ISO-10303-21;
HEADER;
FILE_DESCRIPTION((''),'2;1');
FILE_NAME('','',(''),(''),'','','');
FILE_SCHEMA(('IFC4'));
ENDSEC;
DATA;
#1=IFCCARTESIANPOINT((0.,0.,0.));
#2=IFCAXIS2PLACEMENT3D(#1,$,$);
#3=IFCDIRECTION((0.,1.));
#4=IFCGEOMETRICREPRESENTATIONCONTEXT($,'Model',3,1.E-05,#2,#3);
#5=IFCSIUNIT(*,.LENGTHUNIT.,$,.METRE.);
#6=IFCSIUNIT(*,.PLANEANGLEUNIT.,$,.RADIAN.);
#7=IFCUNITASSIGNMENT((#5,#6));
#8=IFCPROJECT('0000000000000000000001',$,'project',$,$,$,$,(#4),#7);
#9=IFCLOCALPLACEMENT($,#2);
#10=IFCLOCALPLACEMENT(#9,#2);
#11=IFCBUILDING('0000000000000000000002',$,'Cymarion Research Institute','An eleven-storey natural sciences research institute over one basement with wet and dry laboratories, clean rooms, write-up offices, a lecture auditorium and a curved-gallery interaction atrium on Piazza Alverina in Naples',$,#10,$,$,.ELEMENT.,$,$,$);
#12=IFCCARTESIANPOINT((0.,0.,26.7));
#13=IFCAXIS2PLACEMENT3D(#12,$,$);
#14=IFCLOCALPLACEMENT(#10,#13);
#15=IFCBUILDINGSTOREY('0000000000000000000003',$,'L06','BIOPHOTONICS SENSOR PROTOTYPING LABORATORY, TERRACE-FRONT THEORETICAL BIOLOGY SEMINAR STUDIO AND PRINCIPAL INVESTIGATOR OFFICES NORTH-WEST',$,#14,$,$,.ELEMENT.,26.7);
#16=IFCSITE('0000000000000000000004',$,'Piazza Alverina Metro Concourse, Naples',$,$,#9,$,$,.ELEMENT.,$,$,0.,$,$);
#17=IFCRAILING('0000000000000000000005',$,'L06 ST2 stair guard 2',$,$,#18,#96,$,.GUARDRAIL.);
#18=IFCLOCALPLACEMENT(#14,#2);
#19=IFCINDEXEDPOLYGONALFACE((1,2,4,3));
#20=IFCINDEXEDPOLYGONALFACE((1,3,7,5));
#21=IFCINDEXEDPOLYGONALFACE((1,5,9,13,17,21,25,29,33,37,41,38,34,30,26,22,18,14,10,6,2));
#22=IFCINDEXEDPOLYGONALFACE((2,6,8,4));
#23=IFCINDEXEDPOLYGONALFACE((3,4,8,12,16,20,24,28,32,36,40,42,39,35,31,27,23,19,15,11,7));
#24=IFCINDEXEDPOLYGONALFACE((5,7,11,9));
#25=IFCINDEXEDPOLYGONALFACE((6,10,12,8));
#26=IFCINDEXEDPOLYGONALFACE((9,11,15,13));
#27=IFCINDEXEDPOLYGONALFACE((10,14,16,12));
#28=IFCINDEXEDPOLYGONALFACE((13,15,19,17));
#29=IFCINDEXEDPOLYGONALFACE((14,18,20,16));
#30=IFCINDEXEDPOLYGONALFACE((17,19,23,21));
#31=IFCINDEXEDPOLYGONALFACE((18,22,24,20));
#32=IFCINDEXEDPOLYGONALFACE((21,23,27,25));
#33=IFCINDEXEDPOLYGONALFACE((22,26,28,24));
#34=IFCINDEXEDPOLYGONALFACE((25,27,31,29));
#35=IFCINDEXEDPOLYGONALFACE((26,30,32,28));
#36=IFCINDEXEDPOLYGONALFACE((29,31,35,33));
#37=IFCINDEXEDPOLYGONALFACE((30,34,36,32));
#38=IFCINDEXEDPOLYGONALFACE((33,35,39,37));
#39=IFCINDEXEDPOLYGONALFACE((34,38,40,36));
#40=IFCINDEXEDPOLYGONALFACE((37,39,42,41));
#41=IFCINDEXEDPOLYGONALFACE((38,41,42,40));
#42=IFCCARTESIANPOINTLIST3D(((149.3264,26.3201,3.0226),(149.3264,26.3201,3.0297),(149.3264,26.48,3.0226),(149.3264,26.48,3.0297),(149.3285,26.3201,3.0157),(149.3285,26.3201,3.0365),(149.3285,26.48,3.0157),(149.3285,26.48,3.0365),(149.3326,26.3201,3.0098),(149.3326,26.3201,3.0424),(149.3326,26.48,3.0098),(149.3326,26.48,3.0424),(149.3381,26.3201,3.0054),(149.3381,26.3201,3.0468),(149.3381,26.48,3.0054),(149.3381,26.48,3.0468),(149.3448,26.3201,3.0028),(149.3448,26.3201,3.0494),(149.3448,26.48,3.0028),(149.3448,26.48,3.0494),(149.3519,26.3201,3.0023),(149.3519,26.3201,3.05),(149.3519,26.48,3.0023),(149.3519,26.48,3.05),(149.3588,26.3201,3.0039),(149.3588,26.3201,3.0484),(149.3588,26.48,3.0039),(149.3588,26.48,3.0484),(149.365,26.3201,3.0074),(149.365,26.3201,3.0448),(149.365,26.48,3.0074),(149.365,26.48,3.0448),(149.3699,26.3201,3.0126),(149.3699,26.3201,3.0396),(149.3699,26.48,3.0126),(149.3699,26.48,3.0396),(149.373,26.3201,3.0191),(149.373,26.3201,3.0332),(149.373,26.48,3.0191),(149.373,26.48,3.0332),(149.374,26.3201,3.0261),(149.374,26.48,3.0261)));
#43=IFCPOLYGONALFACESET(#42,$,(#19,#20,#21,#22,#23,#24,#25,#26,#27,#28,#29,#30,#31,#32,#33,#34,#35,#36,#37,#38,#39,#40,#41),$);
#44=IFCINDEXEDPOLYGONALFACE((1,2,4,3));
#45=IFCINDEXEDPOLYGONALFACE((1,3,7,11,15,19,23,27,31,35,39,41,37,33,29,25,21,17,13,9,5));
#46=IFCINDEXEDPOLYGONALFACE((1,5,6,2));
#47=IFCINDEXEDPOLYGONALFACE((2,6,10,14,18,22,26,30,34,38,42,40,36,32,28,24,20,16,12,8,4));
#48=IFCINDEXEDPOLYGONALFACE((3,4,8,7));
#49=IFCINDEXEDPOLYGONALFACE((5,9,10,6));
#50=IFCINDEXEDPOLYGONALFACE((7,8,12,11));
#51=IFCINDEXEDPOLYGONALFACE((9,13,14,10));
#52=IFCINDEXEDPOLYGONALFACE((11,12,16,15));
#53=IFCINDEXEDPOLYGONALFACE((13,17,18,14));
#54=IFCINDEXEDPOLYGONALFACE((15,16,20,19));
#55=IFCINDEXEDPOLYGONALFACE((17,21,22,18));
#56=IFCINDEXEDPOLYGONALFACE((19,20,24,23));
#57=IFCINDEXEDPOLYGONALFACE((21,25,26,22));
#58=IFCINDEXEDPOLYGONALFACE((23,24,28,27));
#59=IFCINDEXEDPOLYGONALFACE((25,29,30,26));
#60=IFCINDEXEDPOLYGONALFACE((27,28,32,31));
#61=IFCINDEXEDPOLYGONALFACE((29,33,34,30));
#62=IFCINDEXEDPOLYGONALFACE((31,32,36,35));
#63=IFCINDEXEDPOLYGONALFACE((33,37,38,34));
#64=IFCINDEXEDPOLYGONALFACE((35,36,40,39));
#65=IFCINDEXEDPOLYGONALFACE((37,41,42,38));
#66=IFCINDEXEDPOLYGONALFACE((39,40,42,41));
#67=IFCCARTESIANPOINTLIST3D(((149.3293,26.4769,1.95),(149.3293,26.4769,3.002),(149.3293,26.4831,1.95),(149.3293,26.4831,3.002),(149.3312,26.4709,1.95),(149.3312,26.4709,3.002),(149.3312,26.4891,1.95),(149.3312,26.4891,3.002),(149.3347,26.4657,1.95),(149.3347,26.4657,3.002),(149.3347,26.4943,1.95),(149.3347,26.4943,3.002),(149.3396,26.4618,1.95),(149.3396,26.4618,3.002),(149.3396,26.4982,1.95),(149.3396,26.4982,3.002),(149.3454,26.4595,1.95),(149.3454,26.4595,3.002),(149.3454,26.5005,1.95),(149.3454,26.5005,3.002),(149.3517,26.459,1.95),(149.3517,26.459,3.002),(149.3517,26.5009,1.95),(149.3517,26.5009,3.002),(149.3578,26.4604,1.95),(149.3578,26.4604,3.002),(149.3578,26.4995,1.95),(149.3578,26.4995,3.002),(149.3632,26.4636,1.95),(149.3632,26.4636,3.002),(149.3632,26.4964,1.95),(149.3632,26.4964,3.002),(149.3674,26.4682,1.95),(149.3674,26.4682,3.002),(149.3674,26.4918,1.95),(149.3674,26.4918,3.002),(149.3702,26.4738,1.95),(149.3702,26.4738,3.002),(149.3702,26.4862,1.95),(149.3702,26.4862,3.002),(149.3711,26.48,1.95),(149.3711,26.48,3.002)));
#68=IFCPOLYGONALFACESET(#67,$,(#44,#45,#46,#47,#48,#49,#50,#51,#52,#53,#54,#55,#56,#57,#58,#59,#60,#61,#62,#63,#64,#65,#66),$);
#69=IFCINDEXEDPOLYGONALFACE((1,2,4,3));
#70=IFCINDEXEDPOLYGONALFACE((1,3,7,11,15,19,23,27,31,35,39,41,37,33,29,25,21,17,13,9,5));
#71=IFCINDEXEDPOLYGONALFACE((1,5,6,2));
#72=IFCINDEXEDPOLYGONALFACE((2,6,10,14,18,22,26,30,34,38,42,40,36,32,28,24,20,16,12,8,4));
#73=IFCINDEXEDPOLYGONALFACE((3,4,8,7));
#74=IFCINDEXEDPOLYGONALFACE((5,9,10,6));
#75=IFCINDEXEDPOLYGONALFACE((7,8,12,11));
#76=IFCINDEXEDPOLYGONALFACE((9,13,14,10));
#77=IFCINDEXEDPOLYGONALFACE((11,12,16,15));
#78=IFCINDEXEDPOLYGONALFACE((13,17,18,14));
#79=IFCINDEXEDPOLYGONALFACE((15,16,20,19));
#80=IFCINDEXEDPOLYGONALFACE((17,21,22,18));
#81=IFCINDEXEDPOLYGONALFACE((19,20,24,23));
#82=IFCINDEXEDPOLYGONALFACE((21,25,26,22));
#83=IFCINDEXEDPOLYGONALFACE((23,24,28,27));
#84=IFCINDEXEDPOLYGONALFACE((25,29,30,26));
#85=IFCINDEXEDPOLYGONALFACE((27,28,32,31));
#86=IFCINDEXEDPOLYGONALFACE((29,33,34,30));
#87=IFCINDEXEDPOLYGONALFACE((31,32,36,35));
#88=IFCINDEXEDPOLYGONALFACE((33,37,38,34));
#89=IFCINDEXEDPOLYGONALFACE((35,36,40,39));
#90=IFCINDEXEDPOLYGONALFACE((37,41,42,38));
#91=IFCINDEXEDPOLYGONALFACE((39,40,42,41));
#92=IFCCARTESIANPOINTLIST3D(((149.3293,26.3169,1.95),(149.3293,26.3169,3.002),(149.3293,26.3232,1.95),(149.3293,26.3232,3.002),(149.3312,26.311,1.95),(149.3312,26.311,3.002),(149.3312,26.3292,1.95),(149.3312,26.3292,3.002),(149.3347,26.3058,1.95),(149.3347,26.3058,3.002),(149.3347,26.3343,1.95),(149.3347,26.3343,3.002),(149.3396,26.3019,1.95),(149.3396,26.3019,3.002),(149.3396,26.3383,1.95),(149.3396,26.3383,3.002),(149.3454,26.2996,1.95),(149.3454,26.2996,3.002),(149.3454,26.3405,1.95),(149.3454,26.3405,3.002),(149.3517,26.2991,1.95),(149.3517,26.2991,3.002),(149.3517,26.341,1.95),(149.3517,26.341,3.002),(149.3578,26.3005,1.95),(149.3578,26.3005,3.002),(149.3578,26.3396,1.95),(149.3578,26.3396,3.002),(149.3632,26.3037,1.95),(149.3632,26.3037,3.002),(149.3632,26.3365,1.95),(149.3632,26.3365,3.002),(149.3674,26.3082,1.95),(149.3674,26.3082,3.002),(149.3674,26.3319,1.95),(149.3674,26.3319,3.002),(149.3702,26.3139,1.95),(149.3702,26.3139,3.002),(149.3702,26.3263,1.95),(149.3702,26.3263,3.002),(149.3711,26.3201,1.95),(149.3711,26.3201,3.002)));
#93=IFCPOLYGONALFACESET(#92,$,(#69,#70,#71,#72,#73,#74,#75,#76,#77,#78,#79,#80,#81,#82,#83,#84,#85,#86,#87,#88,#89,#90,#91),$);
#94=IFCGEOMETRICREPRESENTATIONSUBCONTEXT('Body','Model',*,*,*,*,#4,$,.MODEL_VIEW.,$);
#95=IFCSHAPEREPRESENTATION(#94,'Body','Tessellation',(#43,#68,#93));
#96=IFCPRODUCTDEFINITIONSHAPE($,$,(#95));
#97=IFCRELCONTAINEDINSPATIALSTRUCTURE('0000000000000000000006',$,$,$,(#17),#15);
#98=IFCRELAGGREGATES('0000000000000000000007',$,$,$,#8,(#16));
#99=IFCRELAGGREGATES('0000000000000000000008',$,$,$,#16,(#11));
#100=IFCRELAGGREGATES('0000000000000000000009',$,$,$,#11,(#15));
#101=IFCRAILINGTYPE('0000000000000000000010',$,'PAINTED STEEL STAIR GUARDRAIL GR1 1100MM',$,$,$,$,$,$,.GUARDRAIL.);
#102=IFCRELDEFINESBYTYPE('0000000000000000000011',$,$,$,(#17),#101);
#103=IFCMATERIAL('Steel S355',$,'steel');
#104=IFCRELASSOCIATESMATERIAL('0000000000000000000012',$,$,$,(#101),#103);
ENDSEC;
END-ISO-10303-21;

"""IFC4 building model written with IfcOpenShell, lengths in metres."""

from ifc_helpers import new_model, si_unit, direction, frame, origin, origin_2d, place, context, subcontext, project, spatial, circle, extrude, material, type_object, element, save


model = new_model("IFC4")

# Units and contexts
model_context = context("Model", 3, precision=1e-05, world=origin(), true_north=direction((0.0, 1.0)))
body_context = subcontext(model_context, "Body", "Model", "MODEL_VIEW")
ifc_project = project(units=[si_unit("LENGTHUNIT", "METRE"), si_unit("PLANEANGLEUNIT", "RADIAN")], contexts=[model_context])

# Site, building, storey
site_placement = place(None, origin())
site = spatial("IfcSite", under=ifc_project, at=site_placement, Name="Piazza Alverina Metro Concourse, Naples", CompositionType="ELEMENT", RefElevation=0.0)
building_placement = place(site_placement, origin())
building = spatial("IfcBuilding", under=site, at=building_placement, Name="Cymarion Research Institute", Description="An eleven-storey natural sciences research institute over one basement with wet and dry laboratories, clean rooms, write-up offices, a lecture auditorium and a curved-gallery interaction atrium on Piazza Alverina in Naples", CompositionType="ELEMENT")
storey_placement = place(building_placement, frame((0.0, 0.0, 26.7)))
storey = spatial("IfcBuildingStorey", under=building, at=storey_placement, Name="L06", Description="BIOPHOTONICS SENSOR PROTOTYPING LABORATORY, TERRACE-FRONT THEORETICAL BIOLOGY SEMINAR STUDIO AND PRINCIPAL INVESTIGATOR OFFICES NORTH-WEST", CompositionType="ELEMENT", Elevation=26.7)

# Shared definitions
ifc_material_1 = material(Name="Steel S355", Category="steel")

# Railing
railing_type_1 = type_object("IfcRailingType", Name="PAINTED STEEL STAIR GUARDRAIL GR1 1100MM", PredefinedType="GUARDRAIL", material=ifc_material_1)
railing_1_placement = place(storey_placement, frame((149.3501, 26.48, 1.95)))
element("IfcRailing", 1, at=railing_1_placement, inside=storey, type_object=railing_type_1, Name="L06 ST2 stair guard 2", PredefinedType="GUARDRAIL", context=body_context, shape_type="SweptSolid", body=[
    extrude(circle(Radius=0.0239, at=origin_2d()), frame((0.0, 0.0, 1.0762), z_axis=(0.0, -1.0, 0.0), x_axis=(1.0, 0.0, 0.0)), (0.0, 0.0, 1.0), 0.1599),
    extrude(circle(Radius=0.021, at=origin_2d()), origin(), (0.0, 0.0, 1.0), 1.052),
    extrude(circle(Radius=0.021, at=origin_2d()), frame((0.0, -0.1599, 0.0)), (0.0, 0.0, 1.0), 1.052),
])

save(model, "model.ifc")
